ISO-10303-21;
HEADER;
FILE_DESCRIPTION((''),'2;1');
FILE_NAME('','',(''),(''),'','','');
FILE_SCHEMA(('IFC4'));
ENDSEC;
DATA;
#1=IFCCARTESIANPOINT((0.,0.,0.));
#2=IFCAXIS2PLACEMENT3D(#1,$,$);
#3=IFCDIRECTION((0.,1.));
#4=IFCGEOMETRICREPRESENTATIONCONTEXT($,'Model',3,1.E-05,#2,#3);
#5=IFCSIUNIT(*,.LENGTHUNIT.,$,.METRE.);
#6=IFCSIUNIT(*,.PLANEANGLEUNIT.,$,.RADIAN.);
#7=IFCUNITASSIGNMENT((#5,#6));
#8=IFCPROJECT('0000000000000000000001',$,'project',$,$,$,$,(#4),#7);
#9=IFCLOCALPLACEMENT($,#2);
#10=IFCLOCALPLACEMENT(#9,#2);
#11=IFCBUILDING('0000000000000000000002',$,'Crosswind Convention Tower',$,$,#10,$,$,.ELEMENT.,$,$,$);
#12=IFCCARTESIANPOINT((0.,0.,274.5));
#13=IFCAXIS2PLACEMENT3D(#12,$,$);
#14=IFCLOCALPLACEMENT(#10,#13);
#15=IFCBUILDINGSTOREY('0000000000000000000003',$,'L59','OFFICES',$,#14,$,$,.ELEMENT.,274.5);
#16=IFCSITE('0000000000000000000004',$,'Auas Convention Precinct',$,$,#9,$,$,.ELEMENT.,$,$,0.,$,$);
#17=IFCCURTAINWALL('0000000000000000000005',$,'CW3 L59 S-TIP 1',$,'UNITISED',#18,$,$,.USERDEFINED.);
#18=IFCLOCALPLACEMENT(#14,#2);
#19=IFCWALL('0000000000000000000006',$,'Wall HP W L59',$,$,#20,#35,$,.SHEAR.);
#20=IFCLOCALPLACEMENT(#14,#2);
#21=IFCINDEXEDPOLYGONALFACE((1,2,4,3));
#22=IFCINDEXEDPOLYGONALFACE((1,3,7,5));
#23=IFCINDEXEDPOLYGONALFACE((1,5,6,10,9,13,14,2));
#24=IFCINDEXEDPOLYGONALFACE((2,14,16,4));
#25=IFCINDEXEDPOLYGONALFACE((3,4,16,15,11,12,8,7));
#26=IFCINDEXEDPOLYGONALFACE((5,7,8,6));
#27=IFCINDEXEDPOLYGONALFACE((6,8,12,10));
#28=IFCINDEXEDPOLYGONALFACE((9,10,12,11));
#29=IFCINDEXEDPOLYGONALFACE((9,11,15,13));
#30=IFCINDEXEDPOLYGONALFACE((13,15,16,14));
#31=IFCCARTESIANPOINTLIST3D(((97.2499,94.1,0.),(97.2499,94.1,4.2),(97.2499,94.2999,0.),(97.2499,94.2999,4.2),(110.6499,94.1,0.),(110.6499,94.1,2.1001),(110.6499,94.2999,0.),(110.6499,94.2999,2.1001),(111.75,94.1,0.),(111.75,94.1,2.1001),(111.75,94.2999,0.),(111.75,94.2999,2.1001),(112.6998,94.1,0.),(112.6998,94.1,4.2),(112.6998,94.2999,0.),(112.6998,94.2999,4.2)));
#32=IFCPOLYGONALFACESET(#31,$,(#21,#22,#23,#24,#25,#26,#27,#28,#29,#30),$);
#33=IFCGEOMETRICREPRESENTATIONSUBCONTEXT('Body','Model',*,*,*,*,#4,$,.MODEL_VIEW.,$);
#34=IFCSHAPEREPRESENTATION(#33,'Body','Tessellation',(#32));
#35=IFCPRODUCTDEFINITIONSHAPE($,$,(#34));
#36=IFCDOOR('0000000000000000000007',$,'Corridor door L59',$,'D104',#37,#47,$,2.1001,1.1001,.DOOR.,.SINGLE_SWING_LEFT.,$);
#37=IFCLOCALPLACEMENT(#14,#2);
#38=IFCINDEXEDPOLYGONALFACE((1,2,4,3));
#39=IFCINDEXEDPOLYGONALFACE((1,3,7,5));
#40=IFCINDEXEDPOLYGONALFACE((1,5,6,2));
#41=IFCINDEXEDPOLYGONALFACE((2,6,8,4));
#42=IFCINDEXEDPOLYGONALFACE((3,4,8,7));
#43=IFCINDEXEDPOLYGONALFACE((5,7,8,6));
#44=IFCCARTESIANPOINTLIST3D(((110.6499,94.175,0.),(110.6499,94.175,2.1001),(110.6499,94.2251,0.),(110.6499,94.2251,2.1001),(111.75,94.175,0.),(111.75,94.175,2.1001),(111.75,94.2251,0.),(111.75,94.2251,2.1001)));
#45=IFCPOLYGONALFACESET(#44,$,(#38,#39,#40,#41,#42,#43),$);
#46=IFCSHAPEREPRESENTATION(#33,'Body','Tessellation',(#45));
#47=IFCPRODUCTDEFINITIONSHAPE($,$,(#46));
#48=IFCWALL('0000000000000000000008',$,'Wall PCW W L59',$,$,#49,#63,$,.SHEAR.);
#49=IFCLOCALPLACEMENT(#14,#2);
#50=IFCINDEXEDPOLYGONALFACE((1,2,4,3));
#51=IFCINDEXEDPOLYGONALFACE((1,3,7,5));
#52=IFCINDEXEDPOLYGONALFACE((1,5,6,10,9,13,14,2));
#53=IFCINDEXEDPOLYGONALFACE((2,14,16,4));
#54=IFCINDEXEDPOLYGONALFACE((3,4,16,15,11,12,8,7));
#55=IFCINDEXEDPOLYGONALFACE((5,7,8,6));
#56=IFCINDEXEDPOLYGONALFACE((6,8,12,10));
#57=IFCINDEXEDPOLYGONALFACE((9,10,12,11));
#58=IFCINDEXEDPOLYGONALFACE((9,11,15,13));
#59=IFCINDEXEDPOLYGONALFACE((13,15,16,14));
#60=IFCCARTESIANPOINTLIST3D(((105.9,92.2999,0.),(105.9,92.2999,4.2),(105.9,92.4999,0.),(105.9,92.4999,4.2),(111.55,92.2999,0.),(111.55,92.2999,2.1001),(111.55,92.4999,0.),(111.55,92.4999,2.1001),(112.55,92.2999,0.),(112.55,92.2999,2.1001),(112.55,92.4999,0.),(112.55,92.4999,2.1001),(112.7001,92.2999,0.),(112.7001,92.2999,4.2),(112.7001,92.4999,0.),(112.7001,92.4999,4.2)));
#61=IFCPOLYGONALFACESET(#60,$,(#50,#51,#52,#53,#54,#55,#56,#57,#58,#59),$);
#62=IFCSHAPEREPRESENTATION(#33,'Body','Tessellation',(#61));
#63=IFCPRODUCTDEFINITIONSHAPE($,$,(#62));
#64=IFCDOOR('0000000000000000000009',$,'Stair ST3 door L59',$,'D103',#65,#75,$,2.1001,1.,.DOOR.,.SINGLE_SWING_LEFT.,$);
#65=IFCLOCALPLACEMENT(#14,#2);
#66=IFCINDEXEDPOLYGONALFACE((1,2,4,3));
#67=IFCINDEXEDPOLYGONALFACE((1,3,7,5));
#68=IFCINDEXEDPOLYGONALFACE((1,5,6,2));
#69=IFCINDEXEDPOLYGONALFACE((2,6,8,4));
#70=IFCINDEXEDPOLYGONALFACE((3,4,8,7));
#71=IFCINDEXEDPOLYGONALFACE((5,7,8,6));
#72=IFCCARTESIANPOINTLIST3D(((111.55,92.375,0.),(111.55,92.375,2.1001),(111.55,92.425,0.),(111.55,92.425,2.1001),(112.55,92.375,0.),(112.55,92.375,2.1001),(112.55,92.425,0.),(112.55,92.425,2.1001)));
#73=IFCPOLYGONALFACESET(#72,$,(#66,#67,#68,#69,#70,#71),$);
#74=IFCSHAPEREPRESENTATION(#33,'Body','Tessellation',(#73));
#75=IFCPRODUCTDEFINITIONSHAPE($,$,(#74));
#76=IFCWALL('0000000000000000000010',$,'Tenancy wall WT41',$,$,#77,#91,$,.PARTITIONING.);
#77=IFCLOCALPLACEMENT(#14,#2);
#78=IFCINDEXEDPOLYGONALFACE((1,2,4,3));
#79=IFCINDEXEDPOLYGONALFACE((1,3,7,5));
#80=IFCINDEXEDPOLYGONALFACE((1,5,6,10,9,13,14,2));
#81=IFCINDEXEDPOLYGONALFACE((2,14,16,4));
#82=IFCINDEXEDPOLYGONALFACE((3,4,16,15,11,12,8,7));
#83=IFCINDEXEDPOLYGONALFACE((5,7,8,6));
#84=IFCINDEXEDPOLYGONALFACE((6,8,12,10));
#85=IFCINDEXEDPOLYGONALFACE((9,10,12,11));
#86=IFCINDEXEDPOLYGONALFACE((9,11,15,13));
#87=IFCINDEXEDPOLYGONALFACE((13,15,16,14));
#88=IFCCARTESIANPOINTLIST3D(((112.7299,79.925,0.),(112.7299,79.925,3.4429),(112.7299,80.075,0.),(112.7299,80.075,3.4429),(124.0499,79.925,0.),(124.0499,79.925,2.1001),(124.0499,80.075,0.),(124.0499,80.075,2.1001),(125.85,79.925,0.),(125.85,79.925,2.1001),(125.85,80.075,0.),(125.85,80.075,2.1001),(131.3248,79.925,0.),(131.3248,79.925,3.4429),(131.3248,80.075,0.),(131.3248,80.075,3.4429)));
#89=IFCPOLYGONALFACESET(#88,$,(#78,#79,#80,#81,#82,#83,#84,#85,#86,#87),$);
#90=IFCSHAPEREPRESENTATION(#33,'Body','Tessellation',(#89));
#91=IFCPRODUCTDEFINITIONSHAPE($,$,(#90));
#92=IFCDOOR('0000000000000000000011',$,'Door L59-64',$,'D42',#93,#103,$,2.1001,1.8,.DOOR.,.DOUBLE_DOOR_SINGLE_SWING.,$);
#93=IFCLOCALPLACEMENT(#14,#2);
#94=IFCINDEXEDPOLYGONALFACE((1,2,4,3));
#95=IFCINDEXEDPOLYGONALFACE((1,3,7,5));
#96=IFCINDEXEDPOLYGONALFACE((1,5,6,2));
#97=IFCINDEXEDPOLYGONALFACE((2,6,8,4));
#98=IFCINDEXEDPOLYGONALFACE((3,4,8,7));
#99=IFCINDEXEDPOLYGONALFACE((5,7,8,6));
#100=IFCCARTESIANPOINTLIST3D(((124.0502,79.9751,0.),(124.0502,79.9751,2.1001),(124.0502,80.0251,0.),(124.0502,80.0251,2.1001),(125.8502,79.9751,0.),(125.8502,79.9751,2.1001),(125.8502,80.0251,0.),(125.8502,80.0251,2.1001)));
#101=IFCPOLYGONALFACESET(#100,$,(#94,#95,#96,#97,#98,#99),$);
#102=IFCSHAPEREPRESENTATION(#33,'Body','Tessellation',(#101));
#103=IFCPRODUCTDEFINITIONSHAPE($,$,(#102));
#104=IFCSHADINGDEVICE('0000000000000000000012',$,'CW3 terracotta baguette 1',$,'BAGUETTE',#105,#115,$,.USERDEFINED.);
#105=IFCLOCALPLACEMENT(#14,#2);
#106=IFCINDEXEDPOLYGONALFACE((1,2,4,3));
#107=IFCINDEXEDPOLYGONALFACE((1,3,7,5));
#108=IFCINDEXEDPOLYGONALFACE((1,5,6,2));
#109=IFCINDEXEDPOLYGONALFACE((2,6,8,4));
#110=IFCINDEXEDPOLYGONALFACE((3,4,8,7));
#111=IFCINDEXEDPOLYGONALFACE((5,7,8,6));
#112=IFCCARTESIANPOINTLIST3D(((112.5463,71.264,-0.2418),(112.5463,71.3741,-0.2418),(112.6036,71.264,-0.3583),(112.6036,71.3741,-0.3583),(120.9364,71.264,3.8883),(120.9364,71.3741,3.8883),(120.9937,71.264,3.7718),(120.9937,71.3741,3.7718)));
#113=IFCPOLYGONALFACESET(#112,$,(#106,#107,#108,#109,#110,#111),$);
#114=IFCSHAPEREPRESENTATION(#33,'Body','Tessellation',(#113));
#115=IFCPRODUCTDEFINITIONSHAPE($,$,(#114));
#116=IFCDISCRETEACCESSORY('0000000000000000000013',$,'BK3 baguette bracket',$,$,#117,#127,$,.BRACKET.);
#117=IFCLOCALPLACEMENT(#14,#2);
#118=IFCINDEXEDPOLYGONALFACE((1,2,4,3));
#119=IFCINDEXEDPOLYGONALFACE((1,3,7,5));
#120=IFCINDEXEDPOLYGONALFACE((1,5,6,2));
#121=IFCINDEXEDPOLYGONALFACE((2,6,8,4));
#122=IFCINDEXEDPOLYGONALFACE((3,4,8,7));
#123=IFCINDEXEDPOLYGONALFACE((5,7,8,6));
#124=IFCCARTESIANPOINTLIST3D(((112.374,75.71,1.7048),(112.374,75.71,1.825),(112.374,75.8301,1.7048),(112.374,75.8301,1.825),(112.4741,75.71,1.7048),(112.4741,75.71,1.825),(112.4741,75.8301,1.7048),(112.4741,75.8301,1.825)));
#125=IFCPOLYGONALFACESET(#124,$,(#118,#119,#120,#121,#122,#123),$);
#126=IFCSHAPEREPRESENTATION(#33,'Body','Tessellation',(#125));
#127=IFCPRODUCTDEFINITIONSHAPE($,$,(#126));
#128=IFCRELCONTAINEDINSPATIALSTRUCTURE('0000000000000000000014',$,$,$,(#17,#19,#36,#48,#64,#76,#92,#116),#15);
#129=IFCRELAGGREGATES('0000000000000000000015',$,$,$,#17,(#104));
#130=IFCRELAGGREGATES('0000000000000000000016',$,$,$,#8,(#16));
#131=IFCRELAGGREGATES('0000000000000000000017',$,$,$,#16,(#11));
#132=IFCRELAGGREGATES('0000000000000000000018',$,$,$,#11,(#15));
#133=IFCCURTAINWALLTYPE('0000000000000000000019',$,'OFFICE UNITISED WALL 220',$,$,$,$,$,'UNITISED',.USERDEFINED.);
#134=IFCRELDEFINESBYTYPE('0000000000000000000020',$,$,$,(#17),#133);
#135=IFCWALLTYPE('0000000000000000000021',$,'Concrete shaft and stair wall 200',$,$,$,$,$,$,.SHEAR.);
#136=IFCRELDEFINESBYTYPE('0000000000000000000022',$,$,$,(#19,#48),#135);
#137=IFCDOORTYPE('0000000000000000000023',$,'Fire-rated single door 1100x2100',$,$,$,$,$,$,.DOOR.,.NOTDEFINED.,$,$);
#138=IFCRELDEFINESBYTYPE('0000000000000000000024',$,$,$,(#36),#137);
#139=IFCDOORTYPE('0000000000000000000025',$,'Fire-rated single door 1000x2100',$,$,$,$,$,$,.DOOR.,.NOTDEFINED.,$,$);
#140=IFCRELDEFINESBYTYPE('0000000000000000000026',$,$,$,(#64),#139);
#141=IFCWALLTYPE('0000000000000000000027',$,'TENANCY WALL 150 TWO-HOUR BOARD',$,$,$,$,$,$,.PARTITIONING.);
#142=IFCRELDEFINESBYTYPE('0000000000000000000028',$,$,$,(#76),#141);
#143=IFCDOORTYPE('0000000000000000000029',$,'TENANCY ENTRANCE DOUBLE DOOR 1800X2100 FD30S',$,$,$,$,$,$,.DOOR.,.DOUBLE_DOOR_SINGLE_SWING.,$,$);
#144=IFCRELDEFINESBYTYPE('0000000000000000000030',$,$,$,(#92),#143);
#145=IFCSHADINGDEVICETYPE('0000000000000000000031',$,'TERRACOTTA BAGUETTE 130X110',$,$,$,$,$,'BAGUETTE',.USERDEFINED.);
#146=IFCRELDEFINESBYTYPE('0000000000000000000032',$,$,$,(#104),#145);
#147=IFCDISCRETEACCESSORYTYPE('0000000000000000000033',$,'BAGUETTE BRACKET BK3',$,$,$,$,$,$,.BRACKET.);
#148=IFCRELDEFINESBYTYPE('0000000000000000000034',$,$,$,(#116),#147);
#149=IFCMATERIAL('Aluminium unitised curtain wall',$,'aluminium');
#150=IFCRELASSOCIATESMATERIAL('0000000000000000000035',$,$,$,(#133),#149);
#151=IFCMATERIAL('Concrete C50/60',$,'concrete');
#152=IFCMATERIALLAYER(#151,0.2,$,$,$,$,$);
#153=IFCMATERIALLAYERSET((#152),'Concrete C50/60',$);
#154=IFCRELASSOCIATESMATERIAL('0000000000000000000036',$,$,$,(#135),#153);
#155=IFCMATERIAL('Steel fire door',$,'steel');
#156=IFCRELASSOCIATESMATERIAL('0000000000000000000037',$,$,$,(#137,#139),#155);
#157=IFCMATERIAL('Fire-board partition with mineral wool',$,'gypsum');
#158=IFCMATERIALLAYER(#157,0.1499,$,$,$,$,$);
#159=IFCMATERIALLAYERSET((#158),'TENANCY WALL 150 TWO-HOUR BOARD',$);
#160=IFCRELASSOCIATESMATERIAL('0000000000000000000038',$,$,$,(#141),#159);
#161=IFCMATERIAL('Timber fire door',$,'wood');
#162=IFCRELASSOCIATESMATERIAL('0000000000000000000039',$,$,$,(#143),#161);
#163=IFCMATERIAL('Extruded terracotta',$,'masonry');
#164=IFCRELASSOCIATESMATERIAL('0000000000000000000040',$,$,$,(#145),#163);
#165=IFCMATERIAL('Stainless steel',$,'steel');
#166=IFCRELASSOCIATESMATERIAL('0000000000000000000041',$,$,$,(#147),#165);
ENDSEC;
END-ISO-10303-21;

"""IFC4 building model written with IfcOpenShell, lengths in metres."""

from ifc_helpers import new_model, si_unit, direction, frame, frame_2d, origin, origin_2d, place, context, subcontext, project, spatial, rectangle, extrude, material, layer, layer_set, material_profile, profile_set, type_object, element, fill, aggregate, save


model = new_model("IFC4")

# Units and contexts
model_context = context("Model", 3, precision=1e-05, world=origin(), true_north=direction((0.0, 1.0)))
body_context = subcontext(model_context, "Body", "Model", "MODEL_VIEW")
ifc_project = project(units=[si_unit("LENGTHUNIT", "METRE"), si_unit("PLANEANGLEUNIT", "RADIAN")], contexts=[model_context])

# Site, building, storey
site_placement = place(None, origin())
site = spatial("IfcSite", under=ifc_project, at=site_placement, Name="Auas Convention Precinct", CompositionType="ELEMENT", RefElevation=0.0)
building_placement = place(site_placement, origin())
building = spatial("IfcBuilding", under=site, at=building_placement, Name="Crosswind Convention Tower", CompositionType="ELEMENT")
storey_placement = place(building_placement, frame((0.0, 0.0, 274.5)))
storey = spatial("IfcBuildingStorey", under=building, at=storey_placement, Name="L59", Description="OFFICES", CompositionType="ELEMENT", Elevation=274.5)

# Shared definitions
ifc_material_1 = material(Name="Aluminium unitised curtain wall", Category="aluminium")
curtain_wall_type_1 = type_object("IfcCurtainWallType", Name="OFFICE UNITISED WALL 220", ElementType="UNITISED", PredefinedType="USERDEFINED", material=ifc_material_1)

# Curtain wall
curtain_wall_1_placement = place(storey_placement, origin())
curtain_wall_1 = element("IfcCurtainWall", 1, at=curtain_wall_1_placement, inside=storey, type_object=curtain_wall_type_1, Name="CW3 L59 S-TIP 1", ObjectType="UNITISED", PredefinedType="USERDEFINED")

# Shared definitions
ifc_material_2 = material(Name="Concrete C50/60", Category="concrete")

# Walls, openings, doors
ifc_layer_1 = layer(ifc_material_2, 0.2)
ifc_layer_set_1 = layer_set([ifc_layer_1], Name="Concrete C50/60")
wall_type_1 = type_object("IfcWallType", Name="Concrete shaft and stair wall 200", PredefinedType="SHEAR", material=ifc_layer_set_1)
wall_1_placement = place(storey_placement, frame((112.7, 94.2, 0.0), z_axis=(0.0, 0.0, 1.0), x_axis=(-1.0, 0.0, 0.0)))
wall_1 = element("IfcWall", 2, at=wall_1_placement, inside=storey, type_object=wall_type_1, Name="Wall HP W L59", PredefinedType="SHEAR", context=body_context, shape_type="SweptSolid", body=[
    extrude(rectangle(XDim=15.45, YDim=0.2, at=frame_2d((7.7251, 0.0))), origin(), (0.0, 0.0, 1.0), 4.2),
])
opening_1_placement = place(wall_1_placement, frame((0.95, 0.0, 0.0)))
opening_1 = element("IfcOpeningElement", 3, at=opening_1_placement, cuts=wall_1, PredefinedType="OPENING", context=body_context, shape_type="SweptSolid", body=[
    extrude(rectangle(XDim=1.1001, YDim=2.1001, at=frame_2d((0.55, 1.05))), frame((0.0, 0.1099, 0.0), z_axis=(0.0, -1.0, 0.0), x_axis=(1.0, 0.0, 0.0)), (0.0, 0.0, 1.0), 0.22),
])
ifc_material_3 = material(Name="Steel fire door", Category="steel")
door_type_1 = type_object("IfcDoorType", Name="Fire-rated single door 1100x2100", OperationType="NOTDEFINED", PredefinedType="DOOR", material=ifc_material_3)
door_1_placement = place(opening_1_placement, origin())
door_1 = element("IfcDoor", 4, at=door_1_placement, inside=storey, type_object=door_type_1, Name="Corridor door L59", ObjectType="D104", OperationType="SINGLE_SWING_LEFT", OverallHeight=2.1001, OverallWidth=1.1001, PredefinedType="DOOR", context=body_context, shape_type="SweptSolid", body=[
    extrude(rectangle(XDim=1.1001, YDim=2.1001, at=frame_2d((0.55, 1.05))), frame((0.0, 0.0249, 0.0), z_axis=(0.0, -1.0, 0.0), x_axis=(1.0, 0.0, 0.0)), (0.0, 0.0, 1.0), 0.05),
])
fill(opening_1, door_1)
wall_2_placement = place(storey_placement, frame((112.7, 92.3999, 0.0), z_axis=(0.0, 0.0, 1.0), x_axis=(-1.0, 0.0, 0.0)))
wall_2 = element("IfcWall", 5, at=wall_2_placement, inside=storey, type_object=wall_type_1, Name="Wall PCW W L59", PredefinedType="SHEAR", context=body_context, shape_type="SweptSolid", body=[
    extrude(rectangle(XDim=6.8, YDim=0.2, at=frame_2d((3.3999, 0.0))), origin(), (0.0, 0.0, 1.0), 4.2),
])
opening_2_placement = place(wall_2_placement, frame((0.1499, 0.0, 0.0)))
opening_2 = element("IfcOpeningElement", 6, at=opening_2_placement, cuts=wall_2, PredefinedType="OPENING", context=body_context, shape_type="SweptSolid", body=[
    extrude(rectangle(XDim=1.0, YDim=2.1001, at=frame_2d((0.5, 1.05))), frame((0.0, 0.1099, 0.0), z_axis=(0.0, -1.0, 0.0), x_axis=(1.0, 0.0, 0.0)), (0.0, 0.0, 1.0), 0.22),
])
door_type_2 = type_object("IfcDoorType", Name="Fire-rated single door 1000x2100", OperationType="NOTDEFINED", PredefinedType="DOOR", material=ifc_material_3)
door_2_placement = place(opening_2_placement, origin())
door_2 = element("IfcDoor", 7, at=door_2_placement, inside=storey, type_object=door_type_2, Name="Stair ST3 door L59", ObjectType="D103", OperationType="SINGLE_SWING_LEFT", OverallHeight=2.1001, OverallWidth=1.0, PredefinedType="DOOR", context=body_context, shape_type="SweptSolid", body=[
    extrude(rectangle(XDim=1.0, YDim=2.1001, at=frame_2d((0.5, 1.05))), frame((0.0, 0.0249, 0.0), z_axis=(0.0, -1.0, 0.0), x_axis=(1.0, 0.0, 0.0)), (0.0, 0.0, 1.0), 0.05),
])
fill(opening_2, door_2)
ifc_material_4 = material(Name="Fire-board partition with mineral wool", Category="gypsum")
ifc_layer_2 = layer(ifc_material_4, 0.1499)
ifc_layer_set_2 = layer_set([ifc_layer_2], Name="TENANCY WALL 150 TWO-HOUR BOARD")
wall_type_2 = type_object("IfcWallType", Name="TENANCY WALL 150 TWO-HOUR BOARD", PredefinedType="PARTITIONING", material=ifc_layer_set_2)
wall_3_placement = place(storey_placement, frame((112.73, 80.0, 0.0), z_axis=(0.0, 0.0, 1.0), x_axis=(1.0, 0.0, 0.0)))
wall_3 = element("IfcWall", 8, at=wall_3_placement, inside=storey, type_object=wall_type_2, Name="Tenancy wall WT41", PredefinedType="PARTITIONING", context=body_context, shape_type="SweptSolid", body=[
    extrude(rectangle(XDim=18.595, YDim=0.1499, at=frame_2d((9.2974, 0.0))), origin(), (0.0, 0.0, 1.0), 3.4429),
])
opening_3_placement = place(wall_3_placement, frame((11.3201, 0.0, 0.0)))
opening_3 = element("IfcOpeningElement", 9, at=opening_3_placement, cuts=wall_3, PredefinedType="OPENING", context=body_context, shape_type="SweptSolid", body=[
    extrude(rectangle(XDim=1.8, YDim=2.1001, at=frame_2d((0.8999, 1.05))), frame((0.0, 0.085, 0.0), z_axis=(0.0, -1.0, 0.0), x_axis=(1.0, 0.0, 0.0)), (0.0, 0.0, 1.0), 0.1699),
])
ifc_material_5 = material(Name="Timber fire door", Category="wood")
door_type_3 = type_object("IfcDoorType", Name="TENANCY ENTRANCE DOUBLE DOOR 1800X2100 FD30S", OperationType="DOUBLE_DOOR_SINGLE_SWING", PredefinedType="DOOR", material=ifc_material_5)
door_3_placement = place(opening_3_placement, frame((1.8, 0.0, 0.0), z_axis=(0.0, 0.0, 1.0), x_axis=(-1.0, 0.0, 0.0)))
door_3 = element("IfcDoor", 10, at=door_3_placement, inside=storey, type_object=door_type_3, Name="Door L59-64", ObjectType="D42", OperationType="DOUBLE_DOOR_SINGLE_SWING", OverallHeight=2.1001, OverallWidth=1.8, PredefinedType="DOOR", context=body_context, shape_type="SweptSolid", body=[
    extrude(rectangle(XDim=1.8, YDim=2.1001, at=frame_2d((0.8999, 1.05))), frame((0.0, 0.0249, 0.0), z_axis=(0.0, -1.0, 0.0), x_axis=(1.0, 0.0, 0.0)), (0.0, 0.0, 1.0), 0.05),
])
fill(opening_3, door_3)

# Shading device
ifc_material_6 = material(Name="Extruded terracotta", Category="masonry")
ifc_material_profile_1 = material_profile(ifc_material_6, rectangle(XDim=0.1101, YDim=0.1299, at=origin_2d()), Name="TC 110X130")
ifc_profile_set_1 = profile_set([ifc_material_profile_1], Name="Extruded terracotta")
shading_device_type = type_object("IfcShadingDeviceType", Name="TERRACOTTA BAGUETTE 130X110", ElementType="BAGUETTE", PredefinedType="USERDEFINED", material=ifc_profile_set_1)
shading_device_placement = place(storey_placement, frame((112.575, 71.3191, -0.3), z_axis=(0.897188, 0.0, 0.441649), x_axis=(0.0, 1.0, 0.0)))
shading_device = element("IfcShadingDevice", 11, at=shading_device_placement, type_object=shading_device_type, Name="CW3 terracotta baguette 1", ObjectType="BAGUETTE", PredefinedType="USERDEFINED", context=body_context, shape_type="SweptSolid", body=[
    extrude(rectangle(XDim=0.1101, YDim=0.1299, at=origin_2d()), origin(), (0.0, 0.0, 1.0), 9.3516),
])
aggregate(curtain_wall_1, [shading_device])

# Discrete accessory
ifc_material_7 = material(Name="Stainless steel", Category="steel")
discrete_accessory_type = type_object("IfcDiscreteAccessoryType", Name="BAGUETTE BRACKET BK3", PredefinedType="BRACKET", material=ifc_material_7)
discrete_accessory_placement = place(storey_placement, frame((112.4241, 75.77, 1.7048), z_axis=(0.0, 0.0, 1.0), x_axis=(0.0, -1.0, 0.0)))
element("IfcDiscreteAccessory", 12, at=discrete_accessory_placement, inside=storey, type_object=discrete_accessory_type, Name="BK3 baguette bracket", PredefinedType="BRACKET", context=body_context, shape_type="SweptSolid", body=[
    extrude(rectangle(XDim=0.1201, YDim=0.1001, at=origin_2d()), origin(), (0.0, 0.0, 1.0), 0.1201),
])

save(model, "model.ifc")
